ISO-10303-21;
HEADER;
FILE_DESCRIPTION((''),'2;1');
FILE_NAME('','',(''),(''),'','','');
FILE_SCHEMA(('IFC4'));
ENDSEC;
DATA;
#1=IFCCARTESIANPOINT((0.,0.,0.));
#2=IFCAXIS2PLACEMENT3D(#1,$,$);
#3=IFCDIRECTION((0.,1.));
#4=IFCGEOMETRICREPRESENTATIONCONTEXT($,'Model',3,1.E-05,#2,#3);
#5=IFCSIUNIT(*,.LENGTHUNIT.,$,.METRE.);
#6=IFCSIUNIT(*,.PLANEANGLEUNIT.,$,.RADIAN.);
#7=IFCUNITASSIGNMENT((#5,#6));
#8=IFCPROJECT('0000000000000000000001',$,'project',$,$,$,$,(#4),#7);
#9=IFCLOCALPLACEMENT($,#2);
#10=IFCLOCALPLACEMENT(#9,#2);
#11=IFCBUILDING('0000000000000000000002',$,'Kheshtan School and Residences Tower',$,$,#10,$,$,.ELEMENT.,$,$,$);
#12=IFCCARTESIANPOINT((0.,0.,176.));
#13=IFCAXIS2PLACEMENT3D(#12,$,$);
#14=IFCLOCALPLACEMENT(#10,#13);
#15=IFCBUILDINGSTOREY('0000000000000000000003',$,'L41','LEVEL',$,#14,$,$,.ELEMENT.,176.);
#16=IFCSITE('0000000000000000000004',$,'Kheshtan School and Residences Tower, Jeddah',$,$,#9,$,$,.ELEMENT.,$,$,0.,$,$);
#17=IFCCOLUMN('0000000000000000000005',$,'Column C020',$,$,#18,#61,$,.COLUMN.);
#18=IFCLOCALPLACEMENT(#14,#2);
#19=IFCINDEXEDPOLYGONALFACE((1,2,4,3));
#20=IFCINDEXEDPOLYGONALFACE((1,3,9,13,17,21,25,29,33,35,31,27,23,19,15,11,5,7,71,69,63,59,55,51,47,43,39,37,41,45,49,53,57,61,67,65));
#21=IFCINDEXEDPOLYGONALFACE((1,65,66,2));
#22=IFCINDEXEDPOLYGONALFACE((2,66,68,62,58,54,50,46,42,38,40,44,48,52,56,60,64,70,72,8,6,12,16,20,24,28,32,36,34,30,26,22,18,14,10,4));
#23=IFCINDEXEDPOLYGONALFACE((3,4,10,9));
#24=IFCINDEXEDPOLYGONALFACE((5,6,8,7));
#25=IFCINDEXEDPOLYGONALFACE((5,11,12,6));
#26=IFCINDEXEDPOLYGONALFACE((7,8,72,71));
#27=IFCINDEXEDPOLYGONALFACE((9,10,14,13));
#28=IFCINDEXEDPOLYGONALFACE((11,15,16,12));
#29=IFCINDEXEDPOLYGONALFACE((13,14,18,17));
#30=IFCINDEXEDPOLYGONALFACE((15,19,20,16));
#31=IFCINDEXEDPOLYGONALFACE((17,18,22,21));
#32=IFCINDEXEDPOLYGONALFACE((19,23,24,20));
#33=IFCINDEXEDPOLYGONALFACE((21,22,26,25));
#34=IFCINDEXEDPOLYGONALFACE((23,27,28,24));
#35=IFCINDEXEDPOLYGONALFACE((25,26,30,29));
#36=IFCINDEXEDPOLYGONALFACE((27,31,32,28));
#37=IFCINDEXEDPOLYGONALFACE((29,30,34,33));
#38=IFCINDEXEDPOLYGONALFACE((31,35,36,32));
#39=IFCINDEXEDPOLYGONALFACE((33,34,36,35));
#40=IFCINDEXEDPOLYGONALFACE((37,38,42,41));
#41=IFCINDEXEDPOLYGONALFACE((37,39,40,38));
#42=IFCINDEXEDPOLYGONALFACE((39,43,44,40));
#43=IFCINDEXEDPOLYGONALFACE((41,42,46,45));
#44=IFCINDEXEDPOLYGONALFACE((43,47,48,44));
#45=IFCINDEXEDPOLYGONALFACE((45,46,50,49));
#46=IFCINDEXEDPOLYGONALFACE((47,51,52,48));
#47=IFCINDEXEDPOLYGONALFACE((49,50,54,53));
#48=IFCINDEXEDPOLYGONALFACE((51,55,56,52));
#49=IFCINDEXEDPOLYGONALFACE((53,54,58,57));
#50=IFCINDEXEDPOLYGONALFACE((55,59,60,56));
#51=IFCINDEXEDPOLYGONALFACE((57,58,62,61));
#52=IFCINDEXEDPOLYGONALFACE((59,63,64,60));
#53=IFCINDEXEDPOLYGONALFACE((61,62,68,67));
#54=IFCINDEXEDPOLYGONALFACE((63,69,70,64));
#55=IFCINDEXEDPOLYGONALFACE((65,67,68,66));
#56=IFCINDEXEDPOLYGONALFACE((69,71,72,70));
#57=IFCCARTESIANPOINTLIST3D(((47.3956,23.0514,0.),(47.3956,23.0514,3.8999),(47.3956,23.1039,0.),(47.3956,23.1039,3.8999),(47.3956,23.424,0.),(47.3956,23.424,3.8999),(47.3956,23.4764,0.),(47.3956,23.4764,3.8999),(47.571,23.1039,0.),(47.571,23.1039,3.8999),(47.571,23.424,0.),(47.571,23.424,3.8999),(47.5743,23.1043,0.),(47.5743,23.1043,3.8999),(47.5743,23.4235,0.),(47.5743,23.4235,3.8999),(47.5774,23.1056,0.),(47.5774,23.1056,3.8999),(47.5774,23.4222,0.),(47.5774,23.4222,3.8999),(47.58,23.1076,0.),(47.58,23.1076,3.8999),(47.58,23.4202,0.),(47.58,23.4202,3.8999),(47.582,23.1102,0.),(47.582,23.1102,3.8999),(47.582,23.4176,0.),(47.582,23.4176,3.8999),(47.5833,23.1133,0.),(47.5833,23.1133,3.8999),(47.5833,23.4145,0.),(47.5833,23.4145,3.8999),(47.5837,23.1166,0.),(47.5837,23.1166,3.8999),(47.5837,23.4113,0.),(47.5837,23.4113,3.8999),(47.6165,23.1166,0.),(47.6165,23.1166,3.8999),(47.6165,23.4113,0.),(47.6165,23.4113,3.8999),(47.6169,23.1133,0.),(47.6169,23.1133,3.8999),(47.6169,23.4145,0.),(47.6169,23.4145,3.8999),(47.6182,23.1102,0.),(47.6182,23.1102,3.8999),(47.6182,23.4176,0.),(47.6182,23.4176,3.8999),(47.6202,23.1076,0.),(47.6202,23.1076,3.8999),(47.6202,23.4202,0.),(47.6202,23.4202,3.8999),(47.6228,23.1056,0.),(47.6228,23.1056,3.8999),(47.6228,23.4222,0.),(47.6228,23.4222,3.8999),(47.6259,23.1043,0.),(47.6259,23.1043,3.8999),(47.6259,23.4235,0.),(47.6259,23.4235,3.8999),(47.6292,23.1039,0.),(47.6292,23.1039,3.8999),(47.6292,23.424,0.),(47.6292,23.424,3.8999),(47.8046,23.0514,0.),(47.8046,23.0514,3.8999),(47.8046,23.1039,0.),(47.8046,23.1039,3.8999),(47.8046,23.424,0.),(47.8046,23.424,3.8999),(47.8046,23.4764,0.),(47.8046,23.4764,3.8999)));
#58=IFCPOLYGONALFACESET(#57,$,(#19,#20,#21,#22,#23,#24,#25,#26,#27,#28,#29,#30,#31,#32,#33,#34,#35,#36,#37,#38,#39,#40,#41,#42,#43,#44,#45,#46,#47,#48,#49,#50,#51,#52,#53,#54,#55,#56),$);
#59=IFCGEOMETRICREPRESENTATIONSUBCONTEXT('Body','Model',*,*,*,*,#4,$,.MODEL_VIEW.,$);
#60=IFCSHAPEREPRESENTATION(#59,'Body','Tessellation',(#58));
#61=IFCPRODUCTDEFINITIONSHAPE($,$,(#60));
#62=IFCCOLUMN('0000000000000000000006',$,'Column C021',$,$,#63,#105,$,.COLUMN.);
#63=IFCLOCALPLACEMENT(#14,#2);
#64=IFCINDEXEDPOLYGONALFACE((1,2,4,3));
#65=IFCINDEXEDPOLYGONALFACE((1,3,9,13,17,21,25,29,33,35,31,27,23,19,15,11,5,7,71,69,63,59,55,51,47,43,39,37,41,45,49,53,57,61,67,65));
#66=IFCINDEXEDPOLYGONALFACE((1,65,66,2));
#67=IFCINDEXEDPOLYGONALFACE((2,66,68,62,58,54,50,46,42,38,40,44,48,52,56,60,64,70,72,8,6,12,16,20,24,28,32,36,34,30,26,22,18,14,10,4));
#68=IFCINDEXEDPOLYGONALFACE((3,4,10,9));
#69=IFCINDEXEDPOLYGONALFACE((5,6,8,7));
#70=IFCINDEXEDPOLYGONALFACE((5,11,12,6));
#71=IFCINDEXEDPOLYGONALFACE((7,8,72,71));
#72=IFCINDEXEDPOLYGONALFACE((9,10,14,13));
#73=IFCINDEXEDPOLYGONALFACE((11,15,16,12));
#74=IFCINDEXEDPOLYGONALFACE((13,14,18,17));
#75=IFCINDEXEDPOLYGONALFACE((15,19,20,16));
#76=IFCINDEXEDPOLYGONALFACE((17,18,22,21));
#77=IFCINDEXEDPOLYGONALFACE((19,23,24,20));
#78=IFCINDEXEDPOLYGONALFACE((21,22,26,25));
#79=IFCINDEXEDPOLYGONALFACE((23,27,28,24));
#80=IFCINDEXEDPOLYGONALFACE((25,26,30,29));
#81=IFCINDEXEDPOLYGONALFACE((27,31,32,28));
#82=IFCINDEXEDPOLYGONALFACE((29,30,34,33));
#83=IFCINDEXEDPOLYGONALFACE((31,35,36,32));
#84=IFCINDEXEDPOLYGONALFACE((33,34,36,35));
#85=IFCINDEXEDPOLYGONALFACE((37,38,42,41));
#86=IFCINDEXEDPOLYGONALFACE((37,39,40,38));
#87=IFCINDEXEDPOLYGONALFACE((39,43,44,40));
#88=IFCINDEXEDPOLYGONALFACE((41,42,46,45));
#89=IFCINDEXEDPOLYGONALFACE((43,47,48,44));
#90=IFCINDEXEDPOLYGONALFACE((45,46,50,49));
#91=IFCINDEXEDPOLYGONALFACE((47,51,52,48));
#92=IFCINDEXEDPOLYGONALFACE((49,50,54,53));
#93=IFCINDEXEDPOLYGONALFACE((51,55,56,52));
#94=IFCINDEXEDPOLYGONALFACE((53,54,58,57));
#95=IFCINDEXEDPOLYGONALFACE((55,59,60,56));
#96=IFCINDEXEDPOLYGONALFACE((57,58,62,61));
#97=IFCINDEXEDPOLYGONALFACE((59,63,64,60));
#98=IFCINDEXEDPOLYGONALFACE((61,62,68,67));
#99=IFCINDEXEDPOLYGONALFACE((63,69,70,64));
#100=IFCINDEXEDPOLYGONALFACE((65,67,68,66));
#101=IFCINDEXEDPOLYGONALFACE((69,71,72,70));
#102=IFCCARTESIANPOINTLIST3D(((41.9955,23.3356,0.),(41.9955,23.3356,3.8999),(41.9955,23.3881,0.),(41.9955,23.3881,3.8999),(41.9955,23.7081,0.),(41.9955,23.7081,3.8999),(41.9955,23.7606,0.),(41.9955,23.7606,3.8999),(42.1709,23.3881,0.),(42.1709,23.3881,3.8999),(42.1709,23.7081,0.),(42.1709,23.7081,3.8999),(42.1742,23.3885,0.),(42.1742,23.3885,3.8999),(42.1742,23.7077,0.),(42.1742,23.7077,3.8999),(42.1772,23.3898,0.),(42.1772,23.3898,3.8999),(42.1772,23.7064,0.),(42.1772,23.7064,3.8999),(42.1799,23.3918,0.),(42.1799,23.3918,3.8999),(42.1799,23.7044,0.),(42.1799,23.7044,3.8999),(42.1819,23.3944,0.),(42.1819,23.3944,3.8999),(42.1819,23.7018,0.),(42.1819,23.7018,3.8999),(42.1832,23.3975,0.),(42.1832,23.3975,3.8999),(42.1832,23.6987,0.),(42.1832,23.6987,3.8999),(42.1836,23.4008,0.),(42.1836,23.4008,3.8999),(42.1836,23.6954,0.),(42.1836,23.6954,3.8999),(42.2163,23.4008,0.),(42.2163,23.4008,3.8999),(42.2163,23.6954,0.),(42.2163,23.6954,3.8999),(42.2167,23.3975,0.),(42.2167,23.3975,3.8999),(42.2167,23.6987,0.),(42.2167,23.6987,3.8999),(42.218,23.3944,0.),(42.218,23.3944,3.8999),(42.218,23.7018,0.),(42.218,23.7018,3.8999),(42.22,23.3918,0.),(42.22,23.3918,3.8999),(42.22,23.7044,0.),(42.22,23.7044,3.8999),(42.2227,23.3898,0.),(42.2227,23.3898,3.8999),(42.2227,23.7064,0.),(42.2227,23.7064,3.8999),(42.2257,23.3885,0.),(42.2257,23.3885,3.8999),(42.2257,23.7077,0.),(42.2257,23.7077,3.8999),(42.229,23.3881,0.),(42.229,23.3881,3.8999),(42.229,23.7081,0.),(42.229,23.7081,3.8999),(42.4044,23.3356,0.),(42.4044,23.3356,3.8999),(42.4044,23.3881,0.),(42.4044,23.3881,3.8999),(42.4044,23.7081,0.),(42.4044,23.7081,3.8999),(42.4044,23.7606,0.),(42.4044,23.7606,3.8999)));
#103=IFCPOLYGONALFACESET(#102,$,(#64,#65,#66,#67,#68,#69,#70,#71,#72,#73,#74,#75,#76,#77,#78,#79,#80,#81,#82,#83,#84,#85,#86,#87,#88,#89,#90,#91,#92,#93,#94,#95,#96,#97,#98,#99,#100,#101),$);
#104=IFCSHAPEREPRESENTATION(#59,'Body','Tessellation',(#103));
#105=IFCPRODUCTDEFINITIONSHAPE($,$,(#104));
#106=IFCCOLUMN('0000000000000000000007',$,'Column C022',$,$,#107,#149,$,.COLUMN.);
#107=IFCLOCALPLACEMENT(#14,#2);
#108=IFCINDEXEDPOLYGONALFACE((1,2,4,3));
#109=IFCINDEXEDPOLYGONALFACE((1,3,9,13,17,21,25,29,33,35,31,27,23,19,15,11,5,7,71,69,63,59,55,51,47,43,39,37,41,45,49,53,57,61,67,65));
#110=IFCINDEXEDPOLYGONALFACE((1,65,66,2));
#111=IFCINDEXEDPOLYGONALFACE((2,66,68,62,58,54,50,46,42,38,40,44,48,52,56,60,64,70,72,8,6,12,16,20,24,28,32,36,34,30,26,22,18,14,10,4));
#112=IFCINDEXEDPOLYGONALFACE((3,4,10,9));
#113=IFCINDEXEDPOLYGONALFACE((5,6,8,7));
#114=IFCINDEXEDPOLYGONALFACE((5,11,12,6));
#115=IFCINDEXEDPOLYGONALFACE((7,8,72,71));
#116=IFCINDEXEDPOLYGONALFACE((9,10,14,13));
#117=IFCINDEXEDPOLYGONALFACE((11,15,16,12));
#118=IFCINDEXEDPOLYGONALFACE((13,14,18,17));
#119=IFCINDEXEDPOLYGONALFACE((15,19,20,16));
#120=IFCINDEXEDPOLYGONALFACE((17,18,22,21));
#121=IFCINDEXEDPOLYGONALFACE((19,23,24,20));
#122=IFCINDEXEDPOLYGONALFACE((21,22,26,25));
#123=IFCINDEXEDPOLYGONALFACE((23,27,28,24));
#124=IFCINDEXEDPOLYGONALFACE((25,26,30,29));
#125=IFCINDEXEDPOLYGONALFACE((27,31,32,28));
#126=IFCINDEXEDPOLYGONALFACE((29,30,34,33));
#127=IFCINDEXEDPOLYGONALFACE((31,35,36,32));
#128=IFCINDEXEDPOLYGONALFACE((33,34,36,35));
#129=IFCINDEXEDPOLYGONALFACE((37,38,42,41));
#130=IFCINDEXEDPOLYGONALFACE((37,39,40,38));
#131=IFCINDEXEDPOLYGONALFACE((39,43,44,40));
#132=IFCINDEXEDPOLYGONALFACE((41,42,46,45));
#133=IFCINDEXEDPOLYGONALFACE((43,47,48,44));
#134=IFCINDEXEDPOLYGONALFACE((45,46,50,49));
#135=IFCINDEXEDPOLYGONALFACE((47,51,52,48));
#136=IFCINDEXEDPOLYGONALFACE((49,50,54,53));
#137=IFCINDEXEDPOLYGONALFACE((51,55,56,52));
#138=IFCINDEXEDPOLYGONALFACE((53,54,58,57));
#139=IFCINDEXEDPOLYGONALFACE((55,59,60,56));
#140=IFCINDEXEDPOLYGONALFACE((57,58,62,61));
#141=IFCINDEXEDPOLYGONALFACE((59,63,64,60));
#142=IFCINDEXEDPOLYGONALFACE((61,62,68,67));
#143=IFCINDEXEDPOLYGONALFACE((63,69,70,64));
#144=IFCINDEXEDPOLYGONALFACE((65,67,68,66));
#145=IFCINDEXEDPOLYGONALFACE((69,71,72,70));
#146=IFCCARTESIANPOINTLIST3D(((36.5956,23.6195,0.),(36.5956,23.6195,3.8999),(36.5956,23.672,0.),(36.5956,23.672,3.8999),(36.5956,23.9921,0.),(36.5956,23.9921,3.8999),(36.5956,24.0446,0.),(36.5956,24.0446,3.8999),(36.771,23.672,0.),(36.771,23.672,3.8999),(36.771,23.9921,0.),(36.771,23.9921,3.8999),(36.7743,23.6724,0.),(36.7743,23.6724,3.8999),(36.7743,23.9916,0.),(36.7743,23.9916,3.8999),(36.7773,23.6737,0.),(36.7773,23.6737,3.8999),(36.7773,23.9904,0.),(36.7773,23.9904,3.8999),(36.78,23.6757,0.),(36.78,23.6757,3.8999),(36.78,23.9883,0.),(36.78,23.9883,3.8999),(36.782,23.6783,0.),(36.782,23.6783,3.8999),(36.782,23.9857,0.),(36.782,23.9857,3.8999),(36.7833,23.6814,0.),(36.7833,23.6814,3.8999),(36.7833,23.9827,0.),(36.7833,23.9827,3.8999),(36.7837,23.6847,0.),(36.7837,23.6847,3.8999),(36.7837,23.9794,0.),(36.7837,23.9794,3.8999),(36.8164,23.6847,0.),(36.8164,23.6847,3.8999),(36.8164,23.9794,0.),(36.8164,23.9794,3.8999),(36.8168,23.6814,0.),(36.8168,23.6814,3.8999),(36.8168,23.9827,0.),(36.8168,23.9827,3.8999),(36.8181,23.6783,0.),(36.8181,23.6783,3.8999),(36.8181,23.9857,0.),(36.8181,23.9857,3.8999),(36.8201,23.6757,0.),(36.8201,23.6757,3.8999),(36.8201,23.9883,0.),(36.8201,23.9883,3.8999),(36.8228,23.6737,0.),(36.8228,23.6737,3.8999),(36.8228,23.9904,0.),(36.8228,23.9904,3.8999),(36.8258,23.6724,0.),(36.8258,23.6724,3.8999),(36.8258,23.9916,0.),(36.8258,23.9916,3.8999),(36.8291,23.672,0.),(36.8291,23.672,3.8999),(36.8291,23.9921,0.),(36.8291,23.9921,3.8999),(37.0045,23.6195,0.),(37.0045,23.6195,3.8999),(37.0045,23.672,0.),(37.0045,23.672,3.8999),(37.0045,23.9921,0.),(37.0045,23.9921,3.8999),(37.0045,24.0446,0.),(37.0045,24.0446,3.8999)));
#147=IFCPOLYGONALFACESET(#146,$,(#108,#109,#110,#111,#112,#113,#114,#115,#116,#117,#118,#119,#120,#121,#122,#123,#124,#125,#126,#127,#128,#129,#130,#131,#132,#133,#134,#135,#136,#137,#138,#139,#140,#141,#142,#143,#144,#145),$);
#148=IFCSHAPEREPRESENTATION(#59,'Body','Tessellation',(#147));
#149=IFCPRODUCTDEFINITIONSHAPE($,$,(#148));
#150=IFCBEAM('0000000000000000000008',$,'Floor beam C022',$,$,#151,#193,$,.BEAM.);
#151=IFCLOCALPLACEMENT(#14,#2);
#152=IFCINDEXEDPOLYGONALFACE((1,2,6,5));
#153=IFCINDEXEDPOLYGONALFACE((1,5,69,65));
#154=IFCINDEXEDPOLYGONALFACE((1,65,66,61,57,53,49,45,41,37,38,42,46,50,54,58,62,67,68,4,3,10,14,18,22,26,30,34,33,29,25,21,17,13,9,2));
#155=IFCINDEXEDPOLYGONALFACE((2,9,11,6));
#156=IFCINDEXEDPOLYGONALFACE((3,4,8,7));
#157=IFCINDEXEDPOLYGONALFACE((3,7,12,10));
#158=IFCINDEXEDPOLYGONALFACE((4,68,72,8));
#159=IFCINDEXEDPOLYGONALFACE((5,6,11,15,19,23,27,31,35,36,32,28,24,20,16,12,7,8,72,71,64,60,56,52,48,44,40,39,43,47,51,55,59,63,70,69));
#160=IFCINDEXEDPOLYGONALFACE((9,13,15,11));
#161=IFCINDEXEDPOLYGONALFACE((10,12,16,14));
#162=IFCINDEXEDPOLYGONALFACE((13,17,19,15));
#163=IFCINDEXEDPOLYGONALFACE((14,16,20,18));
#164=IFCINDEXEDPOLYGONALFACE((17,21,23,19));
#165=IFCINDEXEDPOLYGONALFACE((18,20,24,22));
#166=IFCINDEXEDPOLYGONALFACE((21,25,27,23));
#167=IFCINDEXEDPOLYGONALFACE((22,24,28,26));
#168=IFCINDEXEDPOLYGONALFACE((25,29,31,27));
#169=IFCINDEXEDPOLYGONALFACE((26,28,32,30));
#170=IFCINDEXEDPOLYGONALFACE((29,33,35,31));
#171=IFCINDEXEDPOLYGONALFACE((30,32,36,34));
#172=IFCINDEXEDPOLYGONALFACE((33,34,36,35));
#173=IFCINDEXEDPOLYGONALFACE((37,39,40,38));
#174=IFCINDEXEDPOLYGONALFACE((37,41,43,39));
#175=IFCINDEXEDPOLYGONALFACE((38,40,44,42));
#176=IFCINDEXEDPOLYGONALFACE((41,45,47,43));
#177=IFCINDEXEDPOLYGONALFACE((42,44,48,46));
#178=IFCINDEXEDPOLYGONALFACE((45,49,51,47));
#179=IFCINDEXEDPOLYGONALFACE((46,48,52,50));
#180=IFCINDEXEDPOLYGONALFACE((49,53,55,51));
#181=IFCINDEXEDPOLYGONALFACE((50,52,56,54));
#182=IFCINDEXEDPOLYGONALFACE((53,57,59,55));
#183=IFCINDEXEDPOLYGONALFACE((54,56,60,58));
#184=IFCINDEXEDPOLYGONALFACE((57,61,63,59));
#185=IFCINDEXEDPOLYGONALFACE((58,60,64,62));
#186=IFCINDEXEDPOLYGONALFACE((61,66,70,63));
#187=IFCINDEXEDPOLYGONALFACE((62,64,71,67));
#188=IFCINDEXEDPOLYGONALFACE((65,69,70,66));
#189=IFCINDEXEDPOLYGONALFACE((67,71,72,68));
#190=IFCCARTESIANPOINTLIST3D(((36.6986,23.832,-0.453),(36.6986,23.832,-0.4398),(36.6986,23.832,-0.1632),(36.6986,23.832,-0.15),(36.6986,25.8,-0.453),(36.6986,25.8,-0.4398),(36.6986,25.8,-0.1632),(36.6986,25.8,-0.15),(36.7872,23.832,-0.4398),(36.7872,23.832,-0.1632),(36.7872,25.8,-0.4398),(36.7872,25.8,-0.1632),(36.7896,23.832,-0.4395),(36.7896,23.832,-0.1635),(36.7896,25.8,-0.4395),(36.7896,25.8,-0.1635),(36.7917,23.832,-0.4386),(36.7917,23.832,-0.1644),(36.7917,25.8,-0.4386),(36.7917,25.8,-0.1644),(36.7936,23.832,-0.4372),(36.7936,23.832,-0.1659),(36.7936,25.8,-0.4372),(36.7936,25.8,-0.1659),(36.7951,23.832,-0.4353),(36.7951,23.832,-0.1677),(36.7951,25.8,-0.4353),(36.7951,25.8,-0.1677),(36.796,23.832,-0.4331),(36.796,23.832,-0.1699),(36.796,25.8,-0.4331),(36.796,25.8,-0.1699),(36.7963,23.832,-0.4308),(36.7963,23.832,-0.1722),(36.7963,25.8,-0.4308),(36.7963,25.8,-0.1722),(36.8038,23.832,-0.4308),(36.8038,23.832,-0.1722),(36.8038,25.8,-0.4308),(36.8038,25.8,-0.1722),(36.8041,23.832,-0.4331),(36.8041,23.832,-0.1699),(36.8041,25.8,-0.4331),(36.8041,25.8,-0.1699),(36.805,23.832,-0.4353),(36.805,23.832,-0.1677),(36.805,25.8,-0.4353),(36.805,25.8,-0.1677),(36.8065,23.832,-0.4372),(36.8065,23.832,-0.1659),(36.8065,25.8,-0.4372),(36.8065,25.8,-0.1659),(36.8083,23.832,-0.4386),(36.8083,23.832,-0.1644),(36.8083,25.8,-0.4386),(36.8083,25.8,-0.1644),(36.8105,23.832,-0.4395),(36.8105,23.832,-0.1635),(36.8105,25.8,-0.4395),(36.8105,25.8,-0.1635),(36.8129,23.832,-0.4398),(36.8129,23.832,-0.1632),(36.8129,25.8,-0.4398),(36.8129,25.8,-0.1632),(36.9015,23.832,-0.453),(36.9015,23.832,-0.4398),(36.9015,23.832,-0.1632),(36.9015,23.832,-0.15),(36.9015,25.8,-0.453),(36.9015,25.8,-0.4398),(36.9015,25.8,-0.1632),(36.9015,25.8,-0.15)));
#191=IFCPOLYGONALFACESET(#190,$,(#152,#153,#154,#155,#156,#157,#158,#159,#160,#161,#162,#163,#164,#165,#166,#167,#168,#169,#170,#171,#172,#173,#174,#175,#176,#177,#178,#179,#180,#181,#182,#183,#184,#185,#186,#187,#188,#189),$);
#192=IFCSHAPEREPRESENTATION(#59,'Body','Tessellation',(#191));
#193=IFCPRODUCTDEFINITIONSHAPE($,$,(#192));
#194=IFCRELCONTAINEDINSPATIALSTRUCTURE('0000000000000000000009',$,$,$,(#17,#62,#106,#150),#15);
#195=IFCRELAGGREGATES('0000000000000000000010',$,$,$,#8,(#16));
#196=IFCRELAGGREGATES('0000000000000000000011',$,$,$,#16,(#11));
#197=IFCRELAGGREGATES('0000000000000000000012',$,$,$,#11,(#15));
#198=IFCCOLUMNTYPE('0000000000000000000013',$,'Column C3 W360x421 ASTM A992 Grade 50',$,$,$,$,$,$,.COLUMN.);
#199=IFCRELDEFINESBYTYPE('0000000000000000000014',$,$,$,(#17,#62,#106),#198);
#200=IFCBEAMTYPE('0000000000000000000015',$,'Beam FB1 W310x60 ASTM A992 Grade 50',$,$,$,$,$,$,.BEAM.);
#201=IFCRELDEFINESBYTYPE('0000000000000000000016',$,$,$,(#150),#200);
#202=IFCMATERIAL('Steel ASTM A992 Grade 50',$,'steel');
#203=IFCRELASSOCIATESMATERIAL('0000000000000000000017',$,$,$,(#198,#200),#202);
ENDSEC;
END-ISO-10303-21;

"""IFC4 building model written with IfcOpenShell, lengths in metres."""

from ifc_helpers import new_model, si_unit, direction, frame, origin, origin_2d, place, context, subcontext, project, spatial, i_section, extrude, material, material_profile, profile_set, type_object, element, save


model = new_model("IFC4")

# Units and contexts
model_context = context("Model", 3, precision=1e-05, world=origin(), true_north=direction((0.0, 1.0)))
body_context = subcontext(model_context, "Body", "Model", "MODEL_VIEW")
ifc_project = project(units=[si_unit("LENGTHUNIT", "METRE"), si_unit("PLANEANGLEUNIT", "RADIAN")], contexts=[model_context])

# Site, building, storey
site_placement = place(None, origin())
site = spatial("IfcSite", under=ifc_project, at=site_placement, Name="Kheshtan School and Residences Tower, Jeddah", CompositionType="ELEMENT", RefElevation=0.0)
building_placement = place(site_placement, origin())
building = spatial("IfcBuilding", under=site, at=building_placement, Name="Kheshtan School and Residences Tower", CompositionType="ELEMENT")
storey_placement = place(building_placement, frame((0.0, 0.0, 176.0)))
storey = spatial("IfcBuildingStorey", under=building, at=storey_placement, Name="L41", Description="LEVEL", CompositionType="ELEMENT", Elevation=176.0)

# Columns
ifc_material_1 = material(Name="Steel ASTM A992 Grade 50", Category="steel")
ifc_material_profile_1 = material_profile(ifc_material_1, i_section(OverallWidth=0.4089, OverallDepth=0.425, WebThickness=0.0327, FlangeThickness=0.0525, FilletRadius=0.0127, at=origin_2d()), Name="W360x421")
ifc_profile_set_1 = profile_set([ifc_material_profile_1], Name="Steel ASTM A992 Grade 50")
column_type = type_object("IfcColumnType", Name="Column C3 W360x421 ASTM A992 Grade 50", PredefinedType="COLUMN", material=ifc_profile_set_1)
for number, where, z_axis, x_axis, name in (
    (1, (47.6001, 23.2639, 0.0), (0.0, 0.0, 1.0), (1.0, 0.0, 0.0), "Column C020"),
    (2, (42.2, 23.5481, 0.0), (0.0, 0.0, 1.0), (1.0, 0.0, 0.0), "Column C021"),
    (3, (36.8, 23.832, 0.0), (0.0, 0.0, 1.0), (1.0, 0.0, 0.0), "Column C022"),
):
    element("IfcColumn", number, at=place(storey_placement, frame(where, z_axis=z_axis, x_axis=x_axis)), inside=storey, type_object=column_type, Name=name, PredefinedType="COLUMN", context=body_context, shape_type="SweptSolid", body=[
        extrude(i_section(OverallWidth=0.4089, OverallDepth=0.425, WebThickness=0.0327, FlangeThickness=0.0525, FilletRadius=0.0127, at=origin_2d()), origin(), (0.0, 0.0, 1.0), 3.8999),
    ])

# Beam
ifc_material_profile_2 = material_profile(ifc_material_1, i_section(OverallWidth=0.2029, OverallDepth=0.303, WebThickness=0.0076, FlangeThickness=0.0132, FilletRadius=0.009, at=origin_2d()), Name="W310x60")
ifc_profile_set_2 = profile_set([ifc_material_profile_2], Name="Steel ASTM A992 Grade 50")
beam_type_1 = type_object("IfcBeamType", Name="Beam FB1 W310x60 ASTM A992 Grade 50", PredefinedType="BEAM", material=ifc_profile_set_2)
beam_1_placement = place(storey_placement, frame((36.8, 23.832, -0.3015), z_axis=(0.0, 1.0, 0.0), x_axis=(-1.0, 0.0, 0.0)))
element("IfcBeam", 4, at=beam_1_placement, inside=storey, type_object=beam_type_1, Name="Floor beam C022", PredefinedType="BEAM", context=body_context, shape_type="SweptSolid", body=[
    extrude(i_section(OverallWidth=0.2029, OverallDepth=0.303, WebThickness=0.0076, FlangeThickness=0.0132, FilletRadius=0.009, at=origin_2d()), origin(), (0.0, 0.0, 1.0), 1.968),
])

save(model, "model.ifc")
